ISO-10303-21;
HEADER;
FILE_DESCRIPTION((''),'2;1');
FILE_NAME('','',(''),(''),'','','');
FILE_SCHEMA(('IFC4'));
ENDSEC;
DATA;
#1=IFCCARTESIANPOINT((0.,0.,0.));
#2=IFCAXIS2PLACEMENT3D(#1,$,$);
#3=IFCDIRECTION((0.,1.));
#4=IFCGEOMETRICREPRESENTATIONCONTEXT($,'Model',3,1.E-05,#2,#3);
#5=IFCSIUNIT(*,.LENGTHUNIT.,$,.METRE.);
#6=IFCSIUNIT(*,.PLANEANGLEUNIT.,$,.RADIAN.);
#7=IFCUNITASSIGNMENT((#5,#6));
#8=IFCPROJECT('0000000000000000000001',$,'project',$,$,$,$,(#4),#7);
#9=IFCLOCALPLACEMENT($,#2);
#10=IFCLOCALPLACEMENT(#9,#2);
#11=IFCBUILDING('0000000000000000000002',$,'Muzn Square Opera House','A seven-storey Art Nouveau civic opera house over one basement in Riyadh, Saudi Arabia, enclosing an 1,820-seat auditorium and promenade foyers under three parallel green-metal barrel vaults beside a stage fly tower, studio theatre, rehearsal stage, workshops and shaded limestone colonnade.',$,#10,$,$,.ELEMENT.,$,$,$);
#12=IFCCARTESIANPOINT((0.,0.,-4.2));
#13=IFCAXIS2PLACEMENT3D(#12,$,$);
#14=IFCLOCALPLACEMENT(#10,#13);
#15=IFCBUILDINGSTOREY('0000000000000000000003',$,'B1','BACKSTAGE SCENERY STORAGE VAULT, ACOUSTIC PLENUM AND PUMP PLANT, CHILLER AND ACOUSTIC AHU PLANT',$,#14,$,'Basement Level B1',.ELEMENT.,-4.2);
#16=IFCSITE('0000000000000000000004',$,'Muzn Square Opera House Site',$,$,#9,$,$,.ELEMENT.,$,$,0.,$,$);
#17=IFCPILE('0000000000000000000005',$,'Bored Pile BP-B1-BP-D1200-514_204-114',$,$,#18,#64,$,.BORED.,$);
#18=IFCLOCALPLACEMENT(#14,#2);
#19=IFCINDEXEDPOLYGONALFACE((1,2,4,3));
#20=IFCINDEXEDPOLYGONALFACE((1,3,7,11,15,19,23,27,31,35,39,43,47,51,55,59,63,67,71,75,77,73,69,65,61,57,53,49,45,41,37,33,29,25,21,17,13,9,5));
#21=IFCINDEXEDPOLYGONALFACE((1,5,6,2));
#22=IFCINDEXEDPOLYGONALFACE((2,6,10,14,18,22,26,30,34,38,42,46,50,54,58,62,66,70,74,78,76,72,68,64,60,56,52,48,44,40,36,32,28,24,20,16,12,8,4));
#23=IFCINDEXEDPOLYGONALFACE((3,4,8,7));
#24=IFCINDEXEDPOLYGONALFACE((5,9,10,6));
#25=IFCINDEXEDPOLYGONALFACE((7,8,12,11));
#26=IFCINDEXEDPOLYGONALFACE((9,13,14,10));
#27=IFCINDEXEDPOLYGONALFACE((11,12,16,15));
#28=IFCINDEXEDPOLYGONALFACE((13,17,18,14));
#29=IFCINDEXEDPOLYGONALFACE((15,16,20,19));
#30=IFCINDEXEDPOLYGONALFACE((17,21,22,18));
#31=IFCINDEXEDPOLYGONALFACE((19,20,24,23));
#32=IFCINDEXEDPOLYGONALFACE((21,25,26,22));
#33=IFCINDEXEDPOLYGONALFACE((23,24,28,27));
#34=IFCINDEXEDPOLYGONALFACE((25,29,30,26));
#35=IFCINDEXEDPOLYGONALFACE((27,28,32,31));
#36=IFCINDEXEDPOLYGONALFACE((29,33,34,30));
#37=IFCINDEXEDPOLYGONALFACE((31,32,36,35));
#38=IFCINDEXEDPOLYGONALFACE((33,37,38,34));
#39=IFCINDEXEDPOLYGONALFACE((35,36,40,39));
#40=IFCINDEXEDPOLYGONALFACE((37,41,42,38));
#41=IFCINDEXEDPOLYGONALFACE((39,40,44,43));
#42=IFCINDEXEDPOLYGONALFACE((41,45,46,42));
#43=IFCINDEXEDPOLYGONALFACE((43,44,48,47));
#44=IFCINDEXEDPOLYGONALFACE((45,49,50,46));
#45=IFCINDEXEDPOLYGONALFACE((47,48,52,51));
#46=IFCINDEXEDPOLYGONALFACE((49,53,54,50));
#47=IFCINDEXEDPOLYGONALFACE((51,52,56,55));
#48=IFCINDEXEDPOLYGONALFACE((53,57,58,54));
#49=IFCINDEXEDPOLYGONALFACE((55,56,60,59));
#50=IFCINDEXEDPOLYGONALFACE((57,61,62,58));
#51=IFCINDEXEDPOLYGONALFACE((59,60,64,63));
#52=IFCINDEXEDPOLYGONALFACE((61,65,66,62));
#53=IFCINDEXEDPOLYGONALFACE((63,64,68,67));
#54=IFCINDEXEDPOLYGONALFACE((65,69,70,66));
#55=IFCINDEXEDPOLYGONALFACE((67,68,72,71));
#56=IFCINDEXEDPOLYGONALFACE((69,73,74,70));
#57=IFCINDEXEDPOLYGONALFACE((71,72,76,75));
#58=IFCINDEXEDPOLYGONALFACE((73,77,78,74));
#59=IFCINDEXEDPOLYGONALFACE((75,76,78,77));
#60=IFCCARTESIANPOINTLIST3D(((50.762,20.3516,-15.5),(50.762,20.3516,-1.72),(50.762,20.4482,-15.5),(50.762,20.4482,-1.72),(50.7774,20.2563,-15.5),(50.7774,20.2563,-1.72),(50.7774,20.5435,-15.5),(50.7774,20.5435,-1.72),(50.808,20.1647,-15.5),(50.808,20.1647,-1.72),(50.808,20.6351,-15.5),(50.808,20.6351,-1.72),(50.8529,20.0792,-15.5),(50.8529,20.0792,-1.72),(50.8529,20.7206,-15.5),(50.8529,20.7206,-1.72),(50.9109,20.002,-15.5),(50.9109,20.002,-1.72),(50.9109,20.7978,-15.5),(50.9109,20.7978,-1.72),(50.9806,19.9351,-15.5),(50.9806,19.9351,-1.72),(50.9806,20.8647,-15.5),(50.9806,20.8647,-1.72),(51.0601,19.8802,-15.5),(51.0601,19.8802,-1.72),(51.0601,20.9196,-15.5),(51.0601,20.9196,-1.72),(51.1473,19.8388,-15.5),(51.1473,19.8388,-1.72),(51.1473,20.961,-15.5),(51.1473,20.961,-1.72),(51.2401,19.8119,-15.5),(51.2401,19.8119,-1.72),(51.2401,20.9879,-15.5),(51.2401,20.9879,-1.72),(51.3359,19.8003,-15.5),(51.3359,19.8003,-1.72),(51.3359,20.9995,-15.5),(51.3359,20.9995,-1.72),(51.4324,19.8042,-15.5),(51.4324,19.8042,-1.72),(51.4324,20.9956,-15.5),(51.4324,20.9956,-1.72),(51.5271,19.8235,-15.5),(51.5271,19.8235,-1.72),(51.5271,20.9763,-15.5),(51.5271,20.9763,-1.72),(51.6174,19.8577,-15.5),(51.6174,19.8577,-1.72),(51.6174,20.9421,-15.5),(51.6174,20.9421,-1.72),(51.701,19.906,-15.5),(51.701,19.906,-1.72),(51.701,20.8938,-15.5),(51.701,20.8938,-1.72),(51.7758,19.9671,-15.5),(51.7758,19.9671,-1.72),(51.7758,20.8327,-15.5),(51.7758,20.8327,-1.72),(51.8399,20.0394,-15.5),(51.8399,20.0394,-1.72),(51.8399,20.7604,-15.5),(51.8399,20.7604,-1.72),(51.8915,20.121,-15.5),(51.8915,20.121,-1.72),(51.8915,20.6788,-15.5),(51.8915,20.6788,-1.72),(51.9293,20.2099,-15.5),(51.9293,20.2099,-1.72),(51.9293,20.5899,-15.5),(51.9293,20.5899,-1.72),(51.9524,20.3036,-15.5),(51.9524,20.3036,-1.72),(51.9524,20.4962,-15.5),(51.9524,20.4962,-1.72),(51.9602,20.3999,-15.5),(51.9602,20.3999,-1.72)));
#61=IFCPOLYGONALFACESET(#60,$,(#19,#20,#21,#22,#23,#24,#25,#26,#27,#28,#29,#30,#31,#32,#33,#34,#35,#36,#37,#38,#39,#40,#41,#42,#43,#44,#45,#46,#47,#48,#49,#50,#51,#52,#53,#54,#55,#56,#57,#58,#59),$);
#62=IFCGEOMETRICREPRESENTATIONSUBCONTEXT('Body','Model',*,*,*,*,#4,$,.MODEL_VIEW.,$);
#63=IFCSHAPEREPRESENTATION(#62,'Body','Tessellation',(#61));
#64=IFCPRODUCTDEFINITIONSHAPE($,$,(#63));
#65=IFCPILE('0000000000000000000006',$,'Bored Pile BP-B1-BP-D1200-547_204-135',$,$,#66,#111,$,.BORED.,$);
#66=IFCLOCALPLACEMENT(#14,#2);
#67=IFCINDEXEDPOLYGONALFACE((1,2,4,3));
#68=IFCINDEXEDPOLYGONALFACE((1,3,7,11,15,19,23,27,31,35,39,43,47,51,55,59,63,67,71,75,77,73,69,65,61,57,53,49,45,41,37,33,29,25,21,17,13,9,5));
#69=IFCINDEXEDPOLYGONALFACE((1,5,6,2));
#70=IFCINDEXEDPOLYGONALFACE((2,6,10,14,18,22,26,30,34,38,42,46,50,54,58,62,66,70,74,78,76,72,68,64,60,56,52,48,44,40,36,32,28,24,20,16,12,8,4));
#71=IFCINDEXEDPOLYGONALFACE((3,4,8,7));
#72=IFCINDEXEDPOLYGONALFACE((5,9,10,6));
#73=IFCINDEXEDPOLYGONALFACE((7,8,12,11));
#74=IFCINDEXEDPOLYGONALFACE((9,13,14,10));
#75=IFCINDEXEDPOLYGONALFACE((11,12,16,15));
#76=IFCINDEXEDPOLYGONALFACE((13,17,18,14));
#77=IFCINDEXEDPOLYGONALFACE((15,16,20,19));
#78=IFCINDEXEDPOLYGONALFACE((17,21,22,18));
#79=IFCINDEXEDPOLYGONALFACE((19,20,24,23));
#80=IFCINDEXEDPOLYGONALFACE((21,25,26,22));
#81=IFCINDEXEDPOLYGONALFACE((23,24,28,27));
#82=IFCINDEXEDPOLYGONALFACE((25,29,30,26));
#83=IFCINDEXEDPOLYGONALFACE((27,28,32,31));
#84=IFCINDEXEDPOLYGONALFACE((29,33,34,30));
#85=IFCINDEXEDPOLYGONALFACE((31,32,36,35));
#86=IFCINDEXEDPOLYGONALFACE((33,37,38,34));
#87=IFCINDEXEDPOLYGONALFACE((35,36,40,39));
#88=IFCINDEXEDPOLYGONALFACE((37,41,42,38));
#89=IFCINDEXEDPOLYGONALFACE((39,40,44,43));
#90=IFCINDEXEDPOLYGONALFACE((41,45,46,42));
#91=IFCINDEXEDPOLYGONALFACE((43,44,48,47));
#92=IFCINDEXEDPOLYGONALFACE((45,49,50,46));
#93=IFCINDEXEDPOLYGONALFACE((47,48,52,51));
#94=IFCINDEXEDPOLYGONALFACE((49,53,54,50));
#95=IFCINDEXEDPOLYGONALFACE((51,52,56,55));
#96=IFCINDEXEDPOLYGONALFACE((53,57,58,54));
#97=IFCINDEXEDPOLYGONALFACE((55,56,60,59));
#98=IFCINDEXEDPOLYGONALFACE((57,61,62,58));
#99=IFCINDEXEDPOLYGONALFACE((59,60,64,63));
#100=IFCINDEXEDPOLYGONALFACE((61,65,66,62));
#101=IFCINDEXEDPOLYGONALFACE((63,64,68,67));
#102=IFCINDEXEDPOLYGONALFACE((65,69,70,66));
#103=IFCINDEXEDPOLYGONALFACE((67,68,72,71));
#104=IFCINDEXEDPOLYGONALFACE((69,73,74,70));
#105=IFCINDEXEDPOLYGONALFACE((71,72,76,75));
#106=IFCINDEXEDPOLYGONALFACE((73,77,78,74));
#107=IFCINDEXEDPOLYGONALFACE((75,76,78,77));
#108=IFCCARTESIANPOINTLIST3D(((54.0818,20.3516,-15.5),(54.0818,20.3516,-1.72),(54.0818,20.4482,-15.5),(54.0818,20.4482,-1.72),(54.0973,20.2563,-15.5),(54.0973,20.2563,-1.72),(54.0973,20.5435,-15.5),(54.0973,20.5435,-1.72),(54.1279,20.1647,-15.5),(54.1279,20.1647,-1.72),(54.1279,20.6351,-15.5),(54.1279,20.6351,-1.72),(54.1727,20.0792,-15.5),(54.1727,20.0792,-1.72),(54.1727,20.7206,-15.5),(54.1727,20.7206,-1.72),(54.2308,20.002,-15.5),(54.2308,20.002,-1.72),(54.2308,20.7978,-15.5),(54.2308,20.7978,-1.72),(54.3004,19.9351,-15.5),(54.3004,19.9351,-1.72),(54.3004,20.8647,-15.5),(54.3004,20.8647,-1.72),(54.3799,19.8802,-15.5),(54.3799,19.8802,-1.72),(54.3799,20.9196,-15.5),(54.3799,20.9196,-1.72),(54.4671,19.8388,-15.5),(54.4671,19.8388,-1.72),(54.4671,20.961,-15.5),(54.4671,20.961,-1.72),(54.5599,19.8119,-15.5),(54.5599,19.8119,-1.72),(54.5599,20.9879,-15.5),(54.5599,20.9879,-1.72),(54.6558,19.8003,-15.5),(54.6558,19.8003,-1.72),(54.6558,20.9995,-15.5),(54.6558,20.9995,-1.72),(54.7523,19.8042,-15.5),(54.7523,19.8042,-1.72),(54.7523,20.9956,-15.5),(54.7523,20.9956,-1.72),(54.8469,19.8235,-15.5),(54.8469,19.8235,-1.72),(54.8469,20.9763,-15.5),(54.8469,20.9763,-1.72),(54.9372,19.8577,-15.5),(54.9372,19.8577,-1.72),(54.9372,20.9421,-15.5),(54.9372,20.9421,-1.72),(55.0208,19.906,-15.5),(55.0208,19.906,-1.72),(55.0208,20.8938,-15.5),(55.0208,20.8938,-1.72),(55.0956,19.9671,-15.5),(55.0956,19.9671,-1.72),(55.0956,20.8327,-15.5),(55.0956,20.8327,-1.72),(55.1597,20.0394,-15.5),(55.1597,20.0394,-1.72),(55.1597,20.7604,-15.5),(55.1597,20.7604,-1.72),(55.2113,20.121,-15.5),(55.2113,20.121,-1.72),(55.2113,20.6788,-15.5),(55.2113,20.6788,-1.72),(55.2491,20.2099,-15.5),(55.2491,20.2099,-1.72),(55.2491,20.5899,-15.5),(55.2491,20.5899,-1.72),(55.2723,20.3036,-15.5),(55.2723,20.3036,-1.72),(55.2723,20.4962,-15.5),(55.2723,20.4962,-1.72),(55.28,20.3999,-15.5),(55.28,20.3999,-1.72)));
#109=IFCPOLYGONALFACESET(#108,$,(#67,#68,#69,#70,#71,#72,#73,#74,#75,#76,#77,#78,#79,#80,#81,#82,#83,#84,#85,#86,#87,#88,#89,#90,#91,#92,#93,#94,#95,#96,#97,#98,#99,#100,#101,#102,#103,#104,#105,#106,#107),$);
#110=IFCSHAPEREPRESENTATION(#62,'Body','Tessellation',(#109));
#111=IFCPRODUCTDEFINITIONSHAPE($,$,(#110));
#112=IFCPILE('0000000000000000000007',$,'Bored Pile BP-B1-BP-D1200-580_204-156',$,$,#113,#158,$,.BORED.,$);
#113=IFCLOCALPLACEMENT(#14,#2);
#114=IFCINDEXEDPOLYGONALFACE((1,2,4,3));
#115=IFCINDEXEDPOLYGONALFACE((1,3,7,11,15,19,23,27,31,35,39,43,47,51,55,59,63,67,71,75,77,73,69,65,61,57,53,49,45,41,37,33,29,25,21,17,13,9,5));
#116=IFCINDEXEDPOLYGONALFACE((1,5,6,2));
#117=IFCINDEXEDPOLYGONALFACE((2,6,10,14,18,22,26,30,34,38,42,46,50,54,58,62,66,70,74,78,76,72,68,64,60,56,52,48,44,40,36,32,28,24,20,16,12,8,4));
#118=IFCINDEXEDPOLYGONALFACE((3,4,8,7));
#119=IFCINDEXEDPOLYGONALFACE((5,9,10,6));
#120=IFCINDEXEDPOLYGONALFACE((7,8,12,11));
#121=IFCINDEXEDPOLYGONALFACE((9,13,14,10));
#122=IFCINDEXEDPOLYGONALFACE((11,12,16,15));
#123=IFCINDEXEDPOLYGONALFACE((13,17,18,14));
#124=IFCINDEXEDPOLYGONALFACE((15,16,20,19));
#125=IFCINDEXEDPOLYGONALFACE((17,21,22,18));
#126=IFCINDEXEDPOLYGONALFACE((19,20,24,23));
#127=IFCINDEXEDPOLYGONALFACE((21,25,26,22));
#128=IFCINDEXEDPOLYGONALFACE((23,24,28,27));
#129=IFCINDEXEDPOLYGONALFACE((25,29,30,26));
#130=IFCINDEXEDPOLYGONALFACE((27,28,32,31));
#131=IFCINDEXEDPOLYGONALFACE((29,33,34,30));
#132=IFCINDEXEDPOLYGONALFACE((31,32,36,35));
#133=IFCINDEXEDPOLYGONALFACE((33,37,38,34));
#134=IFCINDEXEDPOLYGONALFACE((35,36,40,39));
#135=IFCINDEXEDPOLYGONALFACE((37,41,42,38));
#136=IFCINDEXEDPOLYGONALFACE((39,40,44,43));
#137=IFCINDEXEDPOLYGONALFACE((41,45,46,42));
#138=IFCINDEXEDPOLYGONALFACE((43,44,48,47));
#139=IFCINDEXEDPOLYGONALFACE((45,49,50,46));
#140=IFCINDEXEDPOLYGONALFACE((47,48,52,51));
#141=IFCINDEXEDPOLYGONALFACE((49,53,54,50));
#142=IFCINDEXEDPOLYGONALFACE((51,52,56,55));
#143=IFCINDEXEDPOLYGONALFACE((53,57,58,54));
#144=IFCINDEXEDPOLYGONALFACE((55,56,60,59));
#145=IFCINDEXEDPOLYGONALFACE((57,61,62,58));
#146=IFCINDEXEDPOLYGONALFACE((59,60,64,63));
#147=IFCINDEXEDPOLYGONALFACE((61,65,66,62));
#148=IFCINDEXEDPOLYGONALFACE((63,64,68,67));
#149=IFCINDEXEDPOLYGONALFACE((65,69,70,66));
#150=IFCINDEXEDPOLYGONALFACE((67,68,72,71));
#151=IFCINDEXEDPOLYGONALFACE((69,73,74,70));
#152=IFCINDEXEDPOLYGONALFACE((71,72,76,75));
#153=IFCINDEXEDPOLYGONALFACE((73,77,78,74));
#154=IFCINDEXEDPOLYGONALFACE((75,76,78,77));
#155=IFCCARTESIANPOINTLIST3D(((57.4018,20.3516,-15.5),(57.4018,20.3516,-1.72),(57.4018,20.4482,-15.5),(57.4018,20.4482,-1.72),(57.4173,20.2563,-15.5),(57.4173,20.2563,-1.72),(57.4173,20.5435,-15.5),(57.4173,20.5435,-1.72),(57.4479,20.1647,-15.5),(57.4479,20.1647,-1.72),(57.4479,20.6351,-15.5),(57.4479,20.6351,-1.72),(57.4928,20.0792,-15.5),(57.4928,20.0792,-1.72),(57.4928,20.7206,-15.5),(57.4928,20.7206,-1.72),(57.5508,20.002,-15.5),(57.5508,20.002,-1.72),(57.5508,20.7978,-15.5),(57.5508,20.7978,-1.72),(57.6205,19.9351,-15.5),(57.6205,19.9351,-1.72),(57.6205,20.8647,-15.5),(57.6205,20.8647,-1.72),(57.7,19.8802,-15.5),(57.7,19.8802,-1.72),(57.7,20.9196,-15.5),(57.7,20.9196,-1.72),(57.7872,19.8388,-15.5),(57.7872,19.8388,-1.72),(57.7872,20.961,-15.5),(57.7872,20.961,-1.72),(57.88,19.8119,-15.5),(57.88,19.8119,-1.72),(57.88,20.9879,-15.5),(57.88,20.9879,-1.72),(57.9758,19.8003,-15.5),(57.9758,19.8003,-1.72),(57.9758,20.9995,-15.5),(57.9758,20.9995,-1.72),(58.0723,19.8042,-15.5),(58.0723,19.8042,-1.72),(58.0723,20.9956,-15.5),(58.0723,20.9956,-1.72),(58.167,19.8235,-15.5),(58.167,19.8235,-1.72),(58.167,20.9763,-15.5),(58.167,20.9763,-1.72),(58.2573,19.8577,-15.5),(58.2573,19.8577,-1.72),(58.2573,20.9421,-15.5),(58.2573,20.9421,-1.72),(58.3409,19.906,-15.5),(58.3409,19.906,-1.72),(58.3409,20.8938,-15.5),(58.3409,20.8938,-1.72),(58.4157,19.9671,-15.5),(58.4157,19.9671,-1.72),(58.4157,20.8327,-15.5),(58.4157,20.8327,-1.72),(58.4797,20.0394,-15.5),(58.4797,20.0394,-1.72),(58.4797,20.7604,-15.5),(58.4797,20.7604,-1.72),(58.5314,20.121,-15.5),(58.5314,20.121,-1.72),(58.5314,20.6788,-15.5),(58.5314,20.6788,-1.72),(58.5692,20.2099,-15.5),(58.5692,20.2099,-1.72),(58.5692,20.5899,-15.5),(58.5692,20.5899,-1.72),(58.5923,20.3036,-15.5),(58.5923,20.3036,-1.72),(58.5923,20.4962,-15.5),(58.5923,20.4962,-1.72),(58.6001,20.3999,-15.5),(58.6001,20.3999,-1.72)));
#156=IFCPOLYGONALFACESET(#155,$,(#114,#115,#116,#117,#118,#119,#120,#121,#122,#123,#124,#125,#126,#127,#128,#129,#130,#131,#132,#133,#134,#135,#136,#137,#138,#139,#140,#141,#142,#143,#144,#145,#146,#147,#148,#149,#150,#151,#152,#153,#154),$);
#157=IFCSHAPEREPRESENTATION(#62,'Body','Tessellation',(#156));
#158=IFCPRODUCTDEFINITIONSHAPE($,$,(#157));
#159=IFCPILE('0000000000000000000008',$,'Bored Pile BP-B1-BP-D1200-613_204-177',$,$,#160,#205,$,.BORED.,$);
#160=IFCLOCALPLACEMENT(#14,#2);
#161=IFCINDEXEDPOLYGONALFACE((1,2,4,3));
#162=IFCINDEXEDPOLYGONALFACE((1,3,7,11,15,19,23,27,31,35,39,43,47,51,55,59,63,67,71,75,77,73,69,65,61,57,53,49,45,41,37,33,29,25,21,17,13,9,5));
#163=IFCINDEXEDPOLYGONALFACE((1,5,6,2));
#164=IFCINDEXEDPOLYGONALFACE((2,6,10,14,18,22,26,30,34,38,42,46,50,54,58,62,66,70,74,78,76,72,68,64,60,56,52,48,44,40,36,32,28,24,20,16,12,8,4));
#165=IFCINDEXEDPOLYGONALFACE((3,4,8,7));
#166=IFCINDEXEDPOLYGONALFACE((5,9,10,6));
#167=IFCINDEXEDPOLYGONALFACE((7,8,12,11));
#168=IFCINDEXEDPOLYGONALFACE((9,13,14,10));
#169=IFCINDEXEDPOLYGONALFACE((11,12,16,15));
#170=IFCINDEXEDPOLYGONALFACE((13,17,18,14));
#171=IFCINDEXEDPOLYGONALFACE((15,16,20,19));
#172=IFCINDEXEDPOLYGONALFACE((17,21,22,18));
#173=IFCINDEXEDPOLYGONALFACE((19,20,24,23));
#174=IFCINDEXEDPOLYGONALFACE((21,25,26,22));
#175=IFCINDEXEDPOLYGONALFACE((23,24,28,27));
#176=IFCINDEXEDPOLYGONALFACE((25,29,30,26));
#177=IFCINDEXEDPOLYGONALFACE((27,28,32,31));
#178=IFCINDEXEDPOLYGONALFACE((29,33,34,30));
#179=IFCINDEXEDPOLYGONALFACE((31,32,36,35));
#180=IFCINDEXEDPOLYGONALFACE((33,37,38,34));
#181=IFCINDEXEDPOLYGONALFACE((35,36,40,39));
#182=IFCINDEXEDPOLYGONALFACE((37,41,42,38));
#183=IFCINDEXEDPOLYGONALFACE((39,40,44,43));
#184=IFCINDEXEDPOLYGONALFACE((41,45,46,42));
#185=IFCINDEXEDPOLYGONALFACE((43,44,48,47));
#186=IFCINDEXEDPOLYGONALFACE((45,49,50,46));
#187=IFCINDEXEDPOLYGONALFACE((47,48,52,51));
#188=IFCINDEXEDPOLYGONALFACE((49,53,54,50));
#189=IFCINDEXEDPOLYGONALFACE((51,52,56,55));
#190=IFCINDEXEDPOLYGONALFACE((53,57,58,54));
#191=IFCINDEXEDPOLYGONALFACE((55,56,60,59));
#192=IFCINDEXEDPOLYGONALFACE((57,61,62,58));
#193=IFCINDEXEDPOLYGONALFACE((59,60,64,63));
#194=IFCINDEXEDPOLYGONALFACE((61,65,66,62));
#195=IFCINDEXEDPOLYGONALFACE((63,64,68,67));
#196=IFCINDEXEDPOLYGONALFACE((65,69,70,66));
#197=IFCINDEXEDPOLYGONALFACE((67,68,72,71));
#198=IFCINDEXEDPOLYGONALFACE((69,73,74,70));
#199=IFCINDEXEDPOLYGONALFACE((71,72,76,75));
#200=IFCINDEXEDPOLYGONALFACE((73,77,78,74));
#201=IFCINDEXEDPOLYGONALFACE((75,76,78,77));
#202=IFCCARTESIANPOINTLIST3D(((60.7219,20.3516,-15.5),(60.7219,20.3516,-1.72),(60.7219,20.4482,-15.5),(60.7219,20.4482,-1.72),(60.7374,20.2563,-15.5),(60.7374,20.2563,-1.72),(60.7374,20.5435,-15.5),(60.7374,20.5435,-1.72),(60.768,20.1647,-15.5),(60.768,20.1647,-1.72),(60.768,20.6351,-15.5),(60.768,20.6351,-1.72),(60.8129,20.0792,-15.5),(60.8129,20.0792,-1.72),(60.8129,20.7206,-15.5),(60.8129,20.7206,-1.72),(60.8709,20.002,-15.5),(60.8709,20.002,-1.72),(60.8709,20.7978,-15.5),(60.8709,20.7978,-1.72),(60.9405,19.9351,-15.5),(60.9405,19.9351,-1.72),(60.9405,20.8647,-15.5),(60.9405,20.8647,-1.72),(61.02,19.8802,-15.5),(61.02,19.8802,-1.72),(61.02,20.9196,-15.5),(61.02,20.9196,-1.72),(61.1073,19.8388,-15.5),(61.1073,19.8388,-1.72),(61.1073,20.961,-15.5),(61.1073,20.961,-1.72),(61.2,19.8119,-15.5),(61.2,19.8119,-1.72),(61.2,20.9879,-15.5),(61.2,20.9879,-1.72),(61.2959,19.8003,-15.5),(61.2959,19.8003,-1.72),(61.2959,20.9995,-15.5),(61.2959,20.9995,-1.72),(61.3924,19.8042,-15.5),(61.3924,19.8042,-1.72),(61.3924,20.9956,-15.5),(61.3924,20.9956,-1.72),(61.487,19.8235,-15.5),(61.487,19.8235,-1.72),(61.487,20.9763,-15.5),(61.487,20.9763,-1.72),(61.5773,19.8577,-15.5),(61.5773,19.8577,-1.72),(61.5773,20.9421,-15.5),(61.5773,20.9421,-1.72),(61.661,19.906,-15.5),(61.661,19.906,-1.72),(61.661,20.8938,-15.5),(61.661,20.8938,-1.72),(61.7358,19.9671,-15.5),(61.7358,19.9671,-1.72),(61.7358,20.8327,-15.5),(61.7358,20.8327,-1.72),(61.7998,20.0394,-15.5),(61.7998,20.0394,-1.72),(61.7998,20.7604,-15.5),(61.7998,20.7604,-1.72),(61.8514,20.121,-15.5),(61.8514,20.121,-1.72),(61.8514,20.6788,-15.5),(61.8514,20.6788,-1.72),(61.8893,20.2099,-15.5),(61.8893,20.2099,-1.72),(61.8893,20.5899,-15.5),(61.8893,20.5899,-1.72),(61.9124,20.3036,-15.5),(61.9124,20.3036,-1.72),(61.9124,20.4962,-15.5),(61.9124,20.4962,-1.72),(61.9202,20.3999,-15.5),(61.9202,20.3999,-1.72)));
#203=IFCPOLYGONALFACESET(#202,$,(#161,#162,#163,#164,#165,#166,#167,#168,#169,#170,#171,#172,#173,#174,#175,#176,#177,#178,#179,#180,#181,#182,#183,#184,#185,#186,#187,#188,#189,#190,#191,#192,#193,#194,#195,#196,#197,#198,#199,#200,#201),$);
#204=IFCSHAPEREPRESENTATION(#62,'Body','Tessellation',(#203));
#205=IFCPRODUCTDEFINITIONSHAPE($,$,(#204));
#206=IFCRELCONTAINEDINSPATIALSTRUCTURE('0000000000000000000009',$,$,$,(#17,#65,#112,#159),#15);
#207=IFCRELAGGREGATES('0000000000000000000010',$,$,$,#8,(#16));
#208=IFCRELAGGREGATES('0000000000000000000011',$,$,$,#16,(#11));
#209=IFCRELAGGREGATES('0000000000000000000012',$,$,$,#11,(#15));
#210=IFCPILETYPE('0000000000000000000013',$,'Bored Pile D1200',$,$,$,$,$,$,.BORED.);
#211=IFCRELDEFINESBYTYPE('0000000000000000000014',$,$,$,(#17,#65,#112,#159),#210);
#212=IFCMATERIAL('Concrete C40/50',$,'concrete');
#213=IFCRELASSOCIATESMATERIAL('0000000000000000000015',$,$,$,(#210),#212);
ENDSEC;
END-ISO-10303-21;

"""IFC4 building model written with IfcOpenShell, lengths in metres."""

from ifc_helpers import new_model, si_unit, direction, frame, origin, origin_2d, place, context, subcontext, project, spatial, circle, extrude, material, material_profile, profile_set, type_object, element, save


model = new_model("IFC4")

# Units and contexts
model_context = context("Model", 3, precision=1e-05, world=origin(), true_north=direction((0.0, 1.0)))
body_context = subcontext(model_context, "Body", "Model", "MODEL_VIEW")
ifc_project = project(units=[si_unit("LENGTHUNIT", "METRE"), si_unit("PLANEANGLEUNIT", "RADIAN")], contexts=[model_context])

# Site, building, storey
site_placement = place(None, origin())
site = spatial("IfcSite", under=ifc_project, at=site_placement, Name="Muzn Square Opera House Site", CompositionType="ELEMENT", RefElevation=0.0)
building_placement = place(site_placement, origin())
building = spatial("IfcBuilding", under=site, at=building_placement, Name="Muzn Square Opera House", Description="A seven-storey Art Nouveau civic opera house over one basement in Riyadh, Saudi Arabia, enclosing an 1,820-seat auditorium and promenade foyers under three parallel green-metal barrel vaults beside a stage fly tower, studio theatre, rehearsal stage, workshops and shaded limestone colonnade.", CompositionType="ELEMENT")
storey_placement = place(building_placement, frame((0.0, 0.0, -4.2)))
storey = spatial("IfcBuildingStorey", under=building, at=storey_placement, Name="B1", Description="BACKSTAGE SCENERY STORAGE VAULT, ACOUSTIC PLENUM AND PUMP PLANT, CHILLER AND ACOUSTIC AHU PLANT", LongName="Basement Level B1", CompositionType="ELEMENT", Elevation=-4.2)

# Piles
ifc_material_1 = material(Name="Concrete C40/50", Category="concrete")
ifc_material_profile_1 = material_profile(ifc_material_1, circle(Radius=0.6001, at=origin_2d()), Name="BORED PILE D1200", Category="concrete")
ifc_profile_set_1 = profile_set([ifc_material_profile_1], Name="Concrete C40/50")
pile_type = type_object("IfcPileType", Name="Bored Pile D1200", PredefinedType="BORED", material=ifc_profile_set_1)
for number, where, z_axis, x_axis, name in (
    (1, (51.3601, 20.3999, -1.72), (0.0, 0.0, -1.0), (1.0, 0.0, 0.0), "Bored Pile BP-B1-BP-D1200-514_204-114"),
    (2, (54.6799, 20.3999, -1.72), (0.0, 0.0, -1.0), (1.0, 0.0, 0.0), "Bored Pile BP-B1-BP-D1200-547_204-135"),
    (3, (58.0, 20.3999, -1.72), (0.0, 0.0, -1.0), (1.0, 0.0, 0.0), "Bored Pile BP-B1-BP-D1200-580_204-156"),
    (4, (61.3201, 20.3999, -1.72), (0.0, 0.0, -1.0), (1.0, 0.0, 0.0), "Bored Pile BP-B1-BP-D1200-613_204-177"),
):
    element("IfcPile", number, at=place(storey_placement, frame(where, z_axis=z_axis, x_axis=x_axis)), inside=storey, type_object=pile_type, Name=name, PredefinedType="BORED", context=body_context, shape_type="SweptSolid", body=[
        extrude(circle(Radius=0.6001, at=origin_2d()), origin(), (0.0, 0.0, 1.0), 13.78),
    ])

save(model, "model.ifc")
